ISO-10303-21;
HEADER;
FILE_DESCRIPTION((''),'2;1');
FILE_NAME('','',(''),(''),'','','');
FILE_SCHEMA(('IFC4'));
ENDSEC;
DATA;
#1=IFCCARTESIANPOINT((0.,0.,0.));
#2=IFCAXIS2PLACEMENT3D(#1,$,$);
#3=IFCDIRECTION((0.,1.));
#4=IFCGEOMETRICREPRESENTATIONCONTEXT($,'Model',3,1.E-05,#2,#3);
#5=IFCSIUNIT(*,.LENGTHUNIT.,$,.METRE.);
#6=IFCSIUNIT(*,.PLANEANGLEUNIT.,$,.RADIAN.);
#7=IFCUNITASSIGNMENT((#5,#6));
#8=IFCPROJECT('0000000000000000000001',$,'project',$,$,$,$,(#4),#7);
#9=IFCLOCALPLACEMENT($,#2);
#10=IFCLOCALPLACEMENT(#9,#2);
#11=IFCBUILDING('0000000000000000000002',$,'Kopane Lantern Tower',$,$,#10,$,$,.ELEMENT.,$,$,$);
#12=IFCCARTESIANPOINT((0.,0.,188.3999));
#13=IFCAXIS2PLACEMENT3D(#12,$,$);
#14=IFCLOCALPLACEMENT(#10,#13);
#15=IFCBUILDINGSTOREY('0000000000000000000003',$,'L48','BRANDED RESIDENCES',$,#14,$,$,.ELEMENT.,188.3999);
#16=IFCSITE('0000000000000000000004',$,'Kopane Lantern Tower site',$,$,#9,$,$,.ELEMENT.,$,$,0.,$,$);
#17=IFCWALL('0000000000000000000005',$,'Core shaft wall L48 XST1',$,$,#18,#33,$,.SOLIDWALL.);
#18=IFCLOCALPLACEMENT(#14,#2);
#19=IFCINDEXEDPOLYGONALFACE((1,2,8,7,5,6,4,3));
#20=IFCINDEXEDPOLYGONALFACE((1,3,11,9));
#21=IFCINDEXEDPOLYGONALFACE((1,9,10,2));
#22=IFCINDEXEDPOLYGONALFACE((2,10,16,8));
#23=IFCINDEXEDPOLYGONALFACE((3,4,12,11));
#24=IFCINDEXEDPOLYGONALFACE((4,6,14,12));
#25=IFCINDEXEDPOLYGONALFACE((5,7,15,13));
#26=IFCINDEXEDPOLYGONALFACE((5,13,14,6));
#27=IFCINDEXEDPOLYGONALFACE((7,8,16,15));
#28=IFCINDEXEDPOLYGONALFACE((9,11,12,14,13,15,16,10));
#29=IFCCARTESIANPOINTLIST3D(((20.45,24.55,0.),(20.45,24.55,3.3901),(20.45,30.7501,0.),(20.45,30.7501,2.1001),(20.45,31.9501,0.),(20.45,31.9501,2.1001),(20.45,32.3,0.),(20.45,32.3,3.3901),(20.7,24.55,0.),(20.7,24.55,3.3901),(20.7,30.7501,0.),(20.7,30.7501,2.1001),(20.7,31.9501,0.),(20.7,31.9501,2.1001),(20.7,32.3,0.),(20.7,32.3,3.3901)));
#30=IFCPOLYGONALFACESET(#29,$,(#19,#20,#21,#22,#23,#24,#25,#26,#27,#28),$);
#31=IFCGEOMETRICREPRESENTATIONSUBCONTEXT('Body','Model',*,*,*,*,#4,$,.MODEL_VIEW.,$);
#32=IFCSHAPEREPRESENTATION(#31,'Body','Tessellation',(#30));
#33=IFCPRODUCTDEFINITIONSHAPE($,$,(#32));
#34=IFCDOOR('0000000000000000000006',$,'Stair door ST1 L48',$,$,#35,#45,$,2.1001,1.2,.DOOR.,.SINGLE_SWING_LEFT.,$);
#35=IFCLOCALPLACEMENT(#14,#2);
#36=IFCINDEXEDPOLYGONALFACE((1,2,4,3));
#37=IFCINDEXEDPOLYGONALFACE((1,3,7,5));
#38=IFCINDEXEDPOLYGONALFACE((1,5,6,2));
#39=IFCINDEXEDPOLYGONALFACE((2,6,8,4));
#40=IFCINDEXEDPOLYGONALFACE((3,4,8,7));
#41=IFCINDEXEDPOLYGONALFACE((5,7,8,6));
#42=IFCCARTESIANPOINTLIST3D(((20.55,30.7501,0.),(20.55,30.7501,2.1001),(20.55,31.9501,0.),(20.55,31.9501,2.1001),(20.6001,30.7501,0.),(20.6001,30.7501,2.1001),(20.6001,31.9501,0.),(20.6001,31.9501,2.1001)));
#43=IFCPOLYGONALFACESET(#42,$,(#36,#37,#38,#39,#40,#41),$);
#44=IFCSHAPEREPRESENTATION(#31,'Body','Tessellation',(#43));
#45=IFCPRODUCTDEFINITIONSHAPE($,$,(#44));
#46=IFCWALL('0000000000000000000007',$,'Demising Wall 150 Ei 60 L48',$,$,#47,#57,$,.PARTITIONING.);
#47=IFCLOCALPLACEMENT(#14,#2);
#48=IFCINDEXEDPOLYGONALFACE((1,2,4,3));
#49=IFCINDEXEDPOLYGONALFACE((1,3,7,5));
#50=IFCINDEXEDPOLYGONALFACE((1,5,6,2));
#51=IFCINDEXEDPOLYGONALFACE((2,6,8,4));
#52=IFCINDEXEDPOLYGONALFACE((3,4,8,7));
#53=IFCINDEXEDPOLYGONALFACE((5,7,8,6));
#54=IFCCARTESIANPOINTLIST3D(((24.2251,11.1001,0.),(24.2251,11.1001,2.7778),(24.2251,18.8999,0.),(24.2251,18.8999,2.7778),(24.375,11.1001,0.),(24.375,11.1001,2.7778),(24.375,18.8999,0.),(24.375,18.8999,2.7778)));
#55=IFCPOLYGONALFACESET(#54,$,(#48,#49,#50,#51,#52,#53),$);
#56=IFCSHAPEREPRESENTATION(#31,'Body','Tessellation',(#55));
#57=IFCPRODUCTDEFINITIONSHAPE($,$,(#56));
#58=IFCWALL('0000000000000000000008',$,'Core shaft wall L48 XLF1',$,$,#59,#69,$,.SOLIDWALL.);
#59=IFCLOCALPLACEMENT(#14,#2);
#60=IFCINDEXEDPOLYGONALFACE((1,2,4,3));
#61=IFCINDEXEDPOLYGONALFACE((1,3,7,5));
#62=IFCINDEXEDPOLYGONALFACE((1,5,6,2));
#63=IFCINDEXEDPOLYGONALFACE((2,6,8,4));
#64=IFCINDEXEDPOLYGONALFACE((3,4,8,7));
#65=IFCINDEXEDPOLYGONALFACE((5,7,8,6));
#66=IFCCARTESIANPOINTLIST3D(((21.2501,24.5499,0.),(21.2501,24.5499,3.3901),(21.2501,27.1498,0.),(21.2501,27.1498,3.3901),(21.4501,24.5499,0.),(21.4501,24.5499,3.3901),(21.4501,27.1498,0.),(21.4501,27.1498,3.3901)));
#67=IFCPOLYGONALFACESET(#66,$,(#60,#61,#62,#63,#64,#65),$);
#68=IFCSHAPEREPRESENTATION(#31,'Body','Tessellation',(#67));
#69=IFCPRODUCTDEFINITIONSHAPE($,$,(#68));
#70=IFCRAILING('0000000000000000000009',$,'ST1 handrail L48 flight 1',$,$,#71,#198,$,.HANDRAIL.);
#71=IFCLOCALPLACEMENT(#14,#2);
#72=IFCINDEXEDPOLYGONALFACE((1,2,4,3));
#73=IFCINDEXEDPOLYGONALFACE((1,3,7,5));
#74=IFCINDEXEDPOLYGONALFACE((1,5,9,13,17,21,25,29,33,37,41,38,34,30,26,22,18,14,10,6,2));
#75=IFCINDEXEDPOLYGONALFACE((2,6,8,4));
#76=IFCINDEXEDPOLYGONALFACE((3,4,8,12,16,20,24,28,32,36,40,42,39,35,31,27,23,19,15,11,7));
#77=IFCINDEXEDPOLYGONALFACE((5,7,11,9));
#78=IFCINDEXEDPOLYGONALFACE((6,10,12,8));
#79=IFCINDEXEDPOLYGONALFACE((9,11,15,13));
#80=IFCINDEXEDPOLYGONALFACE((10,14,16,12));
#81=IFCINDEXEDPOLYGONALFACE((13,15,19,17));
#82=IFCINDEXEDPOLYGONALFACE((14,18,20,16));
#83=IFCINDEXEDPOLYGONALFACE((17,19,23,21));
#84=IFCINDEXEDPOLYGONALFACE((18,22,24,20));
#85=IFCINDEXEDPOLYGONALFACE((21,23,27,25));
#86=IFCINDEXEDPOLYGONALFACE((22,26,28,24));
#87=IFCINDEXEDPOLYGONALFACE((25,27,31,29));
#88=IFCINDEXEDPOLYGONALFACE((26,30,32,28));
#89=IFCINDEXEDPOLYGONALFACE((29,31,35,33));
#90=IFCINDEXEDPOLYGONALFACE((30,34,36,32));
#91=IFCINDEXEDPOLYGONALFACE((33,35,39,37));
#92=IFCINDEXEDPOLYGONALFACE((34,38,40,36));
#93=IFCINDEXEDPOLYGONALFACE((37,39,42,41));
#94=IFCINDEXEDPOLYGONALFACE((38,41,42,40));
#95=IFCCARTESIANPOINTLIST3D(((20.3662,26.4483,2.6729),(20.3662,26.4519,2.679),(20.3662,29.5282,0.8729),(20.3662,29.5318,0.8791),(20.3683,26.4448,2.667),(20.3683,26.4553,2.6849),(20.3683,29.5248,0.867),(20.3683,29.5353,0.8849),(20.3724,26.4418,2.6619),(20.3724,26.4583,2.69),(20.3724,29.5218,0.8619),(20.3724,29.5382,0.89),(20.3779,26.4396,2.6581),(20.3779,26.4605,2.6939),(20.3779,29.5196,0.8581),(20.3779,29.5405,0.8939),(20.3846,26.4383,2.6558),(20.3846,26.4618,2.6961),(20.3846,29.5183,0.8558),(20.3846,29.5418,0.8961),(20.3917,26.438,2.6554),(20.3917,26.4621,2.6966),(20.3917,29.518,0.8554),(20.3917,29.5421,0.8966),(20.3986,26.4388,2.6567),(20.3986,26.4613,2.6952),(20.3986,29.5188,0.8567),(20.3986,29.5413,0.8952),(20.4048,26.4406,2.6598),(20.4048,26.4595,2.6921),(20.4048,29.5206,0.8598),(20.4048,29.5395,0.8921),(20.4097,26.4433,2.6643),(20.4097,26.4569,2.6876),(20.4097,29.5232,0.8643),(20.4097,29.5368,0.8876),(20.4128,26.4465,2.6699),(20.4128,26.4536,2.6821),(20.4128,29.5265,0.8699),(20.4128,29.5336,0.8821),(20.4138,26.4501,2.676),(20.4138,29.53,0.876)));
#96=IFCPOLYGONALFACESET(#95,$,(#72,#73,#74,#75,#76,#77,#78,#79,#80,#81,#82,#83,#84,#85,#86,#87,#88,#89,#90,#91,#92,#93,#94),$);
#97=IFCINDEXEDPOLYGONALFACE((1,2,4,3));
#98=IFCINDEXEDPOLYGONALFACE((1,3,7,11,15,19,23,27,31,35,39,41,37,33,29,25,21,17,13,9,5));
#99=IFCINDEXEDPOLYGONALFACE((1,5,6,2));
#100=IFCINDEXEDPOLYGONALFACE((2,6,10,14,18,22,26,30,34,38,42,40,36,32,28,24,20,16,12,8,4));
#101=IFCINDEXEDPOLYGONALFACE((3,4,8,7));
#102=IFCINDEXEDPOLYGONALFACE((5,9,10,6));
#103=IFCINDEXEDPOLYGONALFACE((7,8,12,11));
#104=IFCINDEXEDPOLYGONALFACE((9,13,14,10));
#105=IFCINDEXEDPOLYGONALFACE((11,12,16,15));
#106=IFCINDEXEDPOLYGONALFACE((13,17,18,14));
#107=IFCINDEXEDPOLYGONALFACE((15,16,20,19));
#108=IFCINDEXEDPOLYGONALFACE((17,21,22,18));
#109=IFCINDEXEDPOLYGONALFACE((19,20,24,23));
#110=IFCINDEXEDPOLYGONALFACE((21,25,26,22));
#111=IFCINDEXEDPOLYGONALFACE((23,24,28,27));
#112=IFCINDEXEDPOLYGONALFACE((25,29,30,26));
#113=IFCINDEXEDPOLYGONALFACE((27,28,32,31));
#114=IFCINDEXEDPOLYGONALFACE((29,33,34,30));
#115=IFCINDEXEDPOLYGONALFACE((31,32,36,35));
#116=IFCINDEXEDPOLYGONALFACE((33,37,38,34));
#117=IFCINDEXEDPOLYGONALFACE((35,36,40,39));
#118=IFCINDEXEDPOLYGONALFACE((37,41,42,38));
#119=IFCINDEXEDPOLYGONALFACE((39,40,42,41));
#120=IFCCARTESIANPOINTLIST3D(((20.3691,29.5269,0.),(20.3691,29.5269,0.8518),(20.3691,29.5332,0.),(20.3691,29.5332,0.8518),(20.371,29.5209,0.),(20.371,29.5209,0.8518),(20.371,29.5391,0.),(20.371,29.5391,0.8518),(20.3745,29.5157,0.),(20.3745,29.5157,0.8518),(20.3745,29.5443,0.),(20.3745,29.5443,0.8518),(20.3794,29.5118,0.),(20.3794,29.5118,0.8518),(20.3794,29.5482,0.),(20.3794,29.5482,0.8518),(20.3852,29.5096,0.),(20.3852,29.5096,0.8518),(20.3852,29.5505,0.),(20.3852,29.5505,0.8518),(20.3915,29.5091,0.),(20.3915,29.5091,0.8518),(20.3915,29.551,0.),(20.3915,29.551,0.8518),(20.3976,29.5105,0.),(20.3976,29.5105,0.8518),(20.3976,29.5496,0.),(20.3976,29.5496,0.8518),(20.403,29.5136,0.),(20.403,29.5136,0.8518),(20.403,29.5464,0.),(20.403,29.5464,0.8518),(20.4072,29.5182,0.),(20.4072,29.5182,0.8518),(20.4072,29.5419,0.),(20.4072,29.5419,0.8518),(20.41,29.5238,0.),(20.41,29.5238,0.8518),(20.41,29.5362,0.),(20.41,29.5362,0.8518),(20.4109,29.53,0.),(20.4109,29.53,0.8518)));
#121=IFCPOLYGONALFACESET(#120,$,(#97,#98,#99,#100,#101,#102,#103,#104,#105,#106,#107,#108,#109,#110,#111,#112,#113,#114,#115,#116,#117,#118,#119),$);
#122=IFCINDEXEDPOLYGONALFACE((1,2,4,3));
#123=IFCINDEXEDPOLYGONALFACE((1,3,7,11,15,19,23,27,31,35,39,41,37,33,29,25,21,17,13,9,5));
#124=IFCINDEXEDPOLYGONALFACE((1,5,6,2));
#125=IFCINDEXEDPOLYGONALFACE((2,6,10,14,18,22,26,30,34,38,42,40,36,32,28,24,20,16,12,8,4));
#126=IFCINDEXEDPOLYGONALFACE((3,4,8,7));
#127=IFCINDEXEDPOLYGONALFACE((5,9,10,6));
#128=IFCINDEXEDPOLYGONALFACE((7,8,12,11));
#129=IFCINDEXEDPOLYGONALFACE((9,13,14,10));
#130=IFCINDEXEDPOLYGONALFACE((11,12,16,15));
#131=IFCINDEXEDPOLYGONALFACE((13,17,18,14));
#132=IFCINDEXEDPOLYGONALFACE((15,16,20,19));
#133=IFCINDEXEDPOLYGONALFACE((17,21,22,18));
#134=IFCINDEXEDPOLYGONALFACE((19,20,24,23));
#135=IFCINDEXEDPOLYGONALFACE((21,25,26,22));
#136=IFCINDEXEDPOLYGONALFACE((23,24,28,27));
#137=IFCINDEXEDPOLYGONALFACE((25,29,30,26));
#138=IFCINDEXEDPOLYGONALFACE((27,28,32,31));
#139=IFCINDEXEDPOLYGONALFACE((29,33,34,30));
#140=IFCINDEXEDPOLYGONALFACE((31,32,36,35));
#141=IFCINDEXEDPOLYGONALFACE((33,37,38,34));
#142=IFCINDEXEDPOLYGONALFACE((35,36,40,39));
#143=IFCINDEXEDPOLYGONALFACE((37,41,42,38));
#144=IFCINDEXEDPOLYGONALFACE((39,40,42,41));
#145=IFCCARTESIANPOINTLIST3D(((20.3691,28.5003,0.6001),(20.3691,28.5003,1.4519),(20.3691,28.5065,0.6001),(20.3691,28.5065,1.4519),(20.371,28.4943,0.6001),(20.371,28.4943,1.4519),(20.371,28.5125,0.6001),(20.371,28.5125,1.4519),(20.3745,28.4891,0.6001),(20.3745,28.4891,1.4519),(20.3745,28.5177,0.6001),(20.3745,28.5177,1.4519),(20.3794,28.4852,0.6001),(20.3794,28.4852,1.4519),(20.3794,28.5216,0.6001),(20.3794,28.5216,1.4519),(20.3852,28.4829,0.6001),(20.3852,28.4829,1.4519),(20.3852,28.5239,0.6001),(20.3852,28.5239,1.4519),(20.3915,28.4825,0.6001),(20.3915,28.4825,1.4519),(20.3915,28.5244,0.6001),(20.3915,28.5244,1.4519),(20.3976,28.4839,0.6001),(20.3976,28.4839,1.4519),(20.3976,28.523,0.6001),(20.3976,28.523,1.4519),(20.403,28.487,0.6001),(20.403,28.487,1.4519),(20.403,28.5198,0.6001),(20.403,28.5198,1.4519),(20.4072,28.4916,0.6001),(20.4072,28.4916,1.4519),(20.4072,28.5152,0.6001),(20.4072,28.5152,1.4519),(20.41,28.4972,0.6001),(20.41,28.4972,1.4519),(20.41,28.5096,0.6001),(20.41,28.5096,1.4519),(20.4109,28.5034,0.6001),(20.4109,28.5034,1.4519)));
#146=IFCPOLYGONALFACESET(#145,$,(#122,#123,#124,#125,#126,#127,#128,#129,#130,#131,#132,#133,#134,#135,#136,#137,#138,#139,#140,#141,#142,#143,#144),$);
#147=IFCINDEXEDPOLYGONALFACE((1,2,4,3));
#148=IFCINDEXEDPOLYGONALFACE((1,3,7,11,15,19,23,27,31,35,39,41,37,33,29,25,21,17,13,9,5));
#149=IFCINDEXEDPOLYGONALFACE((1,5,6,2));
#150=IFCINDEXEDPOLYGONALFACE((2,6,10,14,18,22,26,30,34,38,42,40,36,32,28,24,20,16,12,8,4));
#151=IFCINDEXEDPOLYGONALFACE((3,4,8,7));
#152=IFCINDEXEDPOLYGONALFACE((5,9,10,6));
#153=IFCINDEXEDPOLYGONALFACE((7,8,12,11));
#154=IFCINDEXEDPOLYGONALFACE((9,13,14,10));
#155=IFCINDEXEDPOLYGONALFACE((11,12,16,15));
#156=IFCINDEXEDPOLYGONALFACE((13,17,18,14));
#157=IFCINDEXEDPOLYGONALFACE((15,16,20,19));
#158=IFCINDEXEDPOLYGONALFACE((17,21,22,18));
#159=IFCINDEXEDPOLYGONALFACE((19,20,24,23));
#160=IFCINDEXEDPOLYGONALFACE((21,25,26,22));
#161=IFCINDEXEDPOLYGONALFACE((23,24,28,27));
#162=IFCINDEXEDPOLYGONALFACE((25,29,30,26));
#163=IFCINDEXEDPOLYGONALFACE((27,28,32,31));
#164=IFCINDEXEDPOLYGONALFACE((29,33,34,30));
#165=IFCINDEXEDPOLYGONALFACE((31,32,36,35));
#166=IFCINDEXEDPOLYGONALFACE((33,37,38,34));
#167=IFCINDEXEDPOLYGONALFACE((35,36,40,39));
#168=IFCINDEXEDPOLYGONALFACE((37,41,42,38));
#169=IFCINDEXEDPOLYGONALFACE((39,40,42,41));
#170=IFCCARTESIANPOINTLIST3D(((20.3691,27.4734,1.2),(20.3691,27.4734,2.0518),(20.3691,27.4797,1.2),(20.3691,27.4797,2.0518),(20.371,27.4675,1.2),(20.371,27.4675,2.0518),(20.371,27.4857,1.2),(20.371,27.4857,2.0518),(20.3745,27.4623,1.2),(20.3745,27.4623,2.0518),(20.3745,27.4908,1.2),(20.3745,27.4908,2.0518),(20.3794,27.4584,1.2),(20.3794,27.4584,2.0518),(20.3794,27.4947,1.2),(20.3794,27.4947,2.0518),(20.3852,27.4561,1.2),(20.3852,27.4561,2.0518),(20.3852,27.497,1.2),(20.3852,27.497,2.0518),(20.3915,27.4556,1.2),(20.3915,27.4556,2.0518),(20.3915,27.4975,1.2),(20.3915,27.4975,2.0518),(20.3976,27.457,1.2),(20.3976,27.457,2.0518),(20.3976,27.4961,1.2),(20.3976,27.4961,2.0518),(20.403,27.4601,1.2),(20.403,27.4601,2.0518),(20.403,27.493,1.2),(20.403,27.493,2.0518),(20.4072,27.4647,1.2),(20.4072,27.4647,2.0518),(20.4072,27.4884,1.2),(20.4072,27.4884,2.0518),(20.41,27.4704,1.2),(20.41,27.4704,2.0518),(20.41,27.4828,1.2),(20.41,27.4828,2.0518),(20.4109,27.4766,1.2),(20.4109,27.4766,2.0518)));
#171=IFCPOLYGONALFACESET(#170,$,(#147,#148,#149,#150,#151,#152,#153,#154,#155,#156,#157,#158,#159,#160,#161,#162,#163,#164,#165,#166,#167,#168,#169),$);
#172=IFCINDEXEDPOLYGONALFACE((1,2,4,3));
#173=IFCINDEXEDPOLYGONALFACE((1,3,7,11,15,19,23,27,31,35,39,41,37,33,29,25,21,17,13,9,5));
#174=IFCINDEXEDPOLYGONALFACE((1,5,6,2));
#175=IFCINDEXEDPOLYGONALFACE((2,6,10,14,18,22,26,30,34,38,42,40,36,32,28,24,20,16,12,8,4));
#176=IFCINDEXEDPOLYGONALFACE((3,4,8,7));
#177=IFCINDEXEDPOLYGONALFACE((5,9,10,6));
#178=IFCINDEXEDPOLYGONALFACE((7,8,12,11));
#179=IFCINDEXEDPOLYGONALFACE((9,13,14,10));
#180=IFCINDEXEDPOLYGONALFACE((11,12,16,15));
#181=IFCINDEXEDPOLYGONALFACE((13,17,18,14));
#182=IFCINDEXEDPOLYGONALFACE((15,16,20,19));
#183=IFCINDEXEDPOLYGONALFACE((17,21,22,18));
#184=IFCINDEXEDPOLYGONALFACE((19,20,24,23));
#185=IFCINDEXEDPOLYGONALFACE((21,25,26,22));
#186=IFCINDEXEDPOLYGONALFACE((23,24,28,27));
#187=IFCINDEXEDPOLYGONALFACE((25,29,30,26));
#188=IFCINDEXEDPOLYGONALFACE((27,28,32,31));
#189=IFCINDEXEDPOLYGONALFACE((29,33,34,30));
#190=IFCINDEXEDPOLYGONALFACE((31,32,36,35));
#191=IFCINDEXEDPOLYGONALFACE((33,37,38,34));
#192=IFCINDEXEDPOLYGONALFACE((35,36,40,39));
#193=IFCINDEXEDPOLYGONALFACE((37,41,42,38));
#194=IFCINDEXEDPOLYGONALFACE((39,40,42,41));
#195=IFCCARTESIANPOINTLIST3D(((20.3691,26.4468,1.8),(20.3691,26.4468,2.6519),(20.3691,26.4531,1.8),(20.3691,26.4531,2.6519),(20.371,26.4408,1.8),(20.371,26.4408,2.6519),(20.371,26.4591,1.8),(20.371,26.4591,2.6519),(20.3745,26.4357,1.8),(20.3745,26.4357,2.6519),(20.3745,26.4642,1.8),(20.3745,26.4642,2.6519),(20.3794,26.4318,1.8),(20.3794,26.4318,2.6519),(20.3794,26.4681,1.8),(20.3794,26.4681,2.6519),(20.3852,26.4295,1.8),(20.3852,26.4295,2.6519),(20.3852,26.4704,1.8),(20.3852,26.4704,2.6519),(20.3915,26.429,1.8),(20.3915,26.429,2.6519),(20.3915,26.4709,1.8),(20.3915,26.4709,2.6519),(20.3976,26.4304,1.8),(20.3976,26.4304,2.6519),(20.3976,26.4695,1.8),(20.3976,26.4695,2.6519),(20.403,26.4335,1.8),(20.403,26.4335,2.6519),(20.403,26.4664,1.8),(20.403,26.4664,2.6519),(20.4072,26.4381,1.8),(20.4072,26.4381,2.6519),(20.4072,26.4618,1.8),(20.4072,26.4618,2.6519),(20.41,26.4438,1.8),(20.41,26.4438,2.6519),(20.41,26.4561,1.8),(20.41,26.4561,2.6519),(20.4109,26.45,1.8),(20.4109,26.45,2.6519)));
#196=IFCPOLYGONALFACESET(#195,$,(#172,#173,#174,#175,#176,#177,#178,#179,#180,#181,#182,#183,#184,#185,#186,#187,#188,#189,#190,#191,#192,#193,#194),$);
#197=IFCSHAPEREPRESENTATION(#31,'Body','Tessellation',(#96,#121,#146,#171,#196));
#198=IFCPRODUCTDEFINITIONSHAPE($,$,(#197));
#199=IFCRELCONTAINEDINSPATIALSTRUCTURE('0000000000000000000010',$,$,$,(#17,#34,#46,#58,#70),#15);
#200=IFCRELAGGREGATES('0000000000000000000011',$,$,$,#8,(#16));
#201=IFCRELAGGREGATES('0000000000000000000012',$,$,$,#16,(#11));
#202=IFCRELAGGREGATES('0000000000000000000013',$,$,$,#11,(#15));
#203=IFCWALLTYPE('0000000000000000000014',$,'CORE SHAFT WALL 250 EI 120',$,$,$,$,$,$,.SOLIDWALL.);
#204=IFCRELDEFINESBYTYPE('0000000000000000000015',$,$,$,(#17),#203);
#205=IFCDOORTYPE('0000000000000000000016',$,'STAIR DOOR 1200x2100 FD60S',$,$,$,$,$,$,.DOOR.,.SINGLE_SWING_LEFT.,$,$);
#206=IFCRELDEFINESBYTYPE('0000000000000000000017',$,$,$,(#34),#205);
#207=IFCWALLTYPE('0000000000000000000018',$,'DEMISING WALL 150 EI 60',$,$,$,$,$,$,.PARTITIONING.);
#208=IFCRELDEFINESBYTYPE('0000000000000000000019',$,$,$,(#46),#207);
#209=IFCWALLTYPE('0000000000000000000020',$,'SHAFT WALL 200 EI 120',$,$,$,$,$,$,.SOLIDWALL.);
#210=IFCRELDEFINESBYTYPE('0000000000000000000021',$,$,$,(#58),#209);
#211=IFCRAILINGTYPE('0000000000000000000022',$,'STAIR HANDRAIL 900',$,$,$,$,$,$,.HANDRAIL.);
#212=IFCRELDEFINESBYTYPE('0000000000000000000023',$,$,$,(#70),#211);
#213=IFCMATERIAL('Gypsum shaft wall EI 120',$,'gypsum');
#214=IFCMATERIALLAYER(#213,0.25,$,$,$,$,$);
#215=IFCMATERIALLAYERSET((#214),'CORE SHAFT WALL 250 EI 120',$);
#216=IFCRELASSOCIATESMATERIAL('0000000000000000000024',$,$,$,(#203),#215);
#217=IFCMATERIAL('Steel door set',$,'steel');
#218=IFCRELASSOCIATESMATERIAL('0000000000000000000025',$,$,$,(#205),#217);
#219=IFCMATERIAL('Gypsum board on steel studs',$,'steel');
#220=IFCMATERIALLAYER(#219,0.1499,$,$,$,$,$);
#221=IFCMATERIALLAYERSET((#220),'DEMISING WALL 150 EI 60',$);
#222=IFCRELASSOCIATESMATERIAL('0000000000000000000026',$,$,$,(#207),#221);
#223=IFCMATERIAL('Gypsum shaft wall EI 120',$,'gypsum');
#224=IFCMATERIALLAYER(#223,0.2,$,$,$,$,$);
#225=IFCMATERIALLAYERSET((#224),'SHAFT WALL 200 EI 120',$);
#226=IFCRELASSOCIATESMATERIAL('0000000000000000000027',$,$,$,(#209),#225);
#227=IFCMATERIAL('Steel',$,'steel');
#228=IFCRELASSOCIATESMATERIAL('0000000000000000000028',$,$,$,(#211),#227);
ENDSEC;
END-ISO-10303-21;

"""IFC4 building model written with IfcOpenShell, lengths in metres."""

from ifc_helpers import new_model, si_unit, direction, frame, frame_2d, origin, origin_2d, place, context, subcontext, project, spatial, rectangle, circle, extrude, material, layer, layer_set, type_object, element, fill, save


model = new_model("IFC4")

# Units and contexts
model_context = context("Model", 3, precision=1e-05, world=origin(), true_north=direction((0.0, 1.0)))
body_context = subcontext(model_context, "Body", "Model", "MODEL_VIEW")
ifc_project = project(units=[si_unit("LENGTHUNIT", "METRE"), si_unit("PLANEANGLEUNIT", "RADIAN")], contexts=[model_context])

# Site, building, storey
site_placement = place(None, origin())
site = spatial("IfcSite", under=ifc_project, at=site_placement, Name="Kopane Lantern Tower site", CompositionType="ELEMENT", RefElevation=0.0)
building_placement = place(site_placement, origin())
building = spatial("IfcBuilding", under=site, at=building_placement, Name="Kopane Lantern Tower", CompositionType="ELEMENT")
storey_placement = place(building_placement, frame((0.0, 0.0, 188.3999)))
storey = spatial("IfcBuildingStorey", under=building, at=storey_placement, Name="L48", Description="BRANDED RESIDENCES", CompositionType="ELEMENT", Elevation=188.3999)

# Wall, opening, door
ifc_material_1 = material(Name="Gypsum shaft wall EI 120", Category="gypsum")
ifc_layer_1 = layer(ifc_material_1, 0.25)
ifc_layer_set_1 = layer_set([ifc_layer_1], Name="CORE SHAFT WALL 250 EI 120")
wall_type_1 = type_object("IfcWallType", Name="CORE SHAFT WALL 250 EI 120", PredefinedType="SOLIDWALL", material=ifc_layer_set_1)
wall_1_placement = place(storey_placement, frame((20.575, 24.55, 0.0), z_axis=(0.0, 0.0, 1.0), x_axis=(0.0, 1.0, 0.0)))
wall_1 = element("IfcWall", 1, at=wall_1_placement, inside=storey, type_object=wall_type_1, Name="Core shaft wall L48 XST1", PredefinedType="SOLIDWALL", context=body_context, shape_type="SweptSolid", body=[
    extrude(rectangle(XDim=7.75, YDim=0.25, at=frame_2d((3.875, 0.0))), origin(), (0.0, 0.0, 1.0), 3.3901),
])
opening_1_placement = place(wall_1_placement, frame((6.2, 0.0, 0.0)))
opening_1 = element("IfcOpeningElement", 2, at=opening_1_placement, cuts=wall_1, PredefinedType="OPENING", context=body_context, shape_type="SweptSolid", body=[
    extrude(rectangle(XDim=1.2, YDim=2.1001, at=frame_2d((0.6001, 1.05))), frame((0.0, 0.135, 0.0), z_axis=(0.0, -1.0, 0.0), x_axis=(1.0, 0.0, 0.0)), (0.0, 0.0, 1.0), 0.27),
])
ifc_material_2 = material(Name="Steel door set", Category="steel")
door_type_1 = type_object("IfcDoorType", Name="STAIR DOOR 1200x2100 FD60S", OperationType="SINGLE_SWING_LEFT", PredefinedType="DOOR", material=ifc_material_2)
door_1_placement = place(opening_1_placement, origin())
door_1 = element("IfcDoor", 3, at=door_1_placement, inside=storey, type_object=door_type_1, Name="Stair door ST1 L48", OperationType="SINGLE_SWING_LEFT", OverallHeight=2.1001, OverallWidth=1.2, PredefinedType="DOOR", context=body_context, shape_type="SweptSolid", body=[
    extrude(rectangle(XDim=1.2, YDim=2.1001, at=frame_2d((0.6001, 1.05))), frame((0.0, 0.0249, 0.0), z_axis=(0.0, -1.0, 0.0), x_axis=(1.0, 0.0, 0.0)), (0.0, 0.0, 1.0), 0.05),
])
fill(opening_1, door_1)

# Walls
ifc_material_3 = material(Name="Gypsum board on steel studs", Category="steel")
ifc_layer_2 = layer(ifc_material_3, 0.1499)
ifc_layer_set_2 = layer_set([ifc_layer_2], Name="DEMISING WALL 150 EI 60")
wall_type_2 = type_object("IfcWallType", Name="DEMISING WALL 150 EI 60", PredefinedType="PARTITIONING", material=ifc_layer_set_2)
wall_2_placement = place(storey_placement, frame((24.3, 18.8999, 0.0), z_axis=(0.0, 0.0, 1.0), x_axis=(0.0, -1.0, 0.0)))
element("IfcWall", 4, at=wall_2_placement, inside=storey, type_object=wall_type_2, Name="Demising Wall 150 Ei 60 L48", PredefinedType="PARTITIONING", context=body_context, shape_type="SweptSolid", body=[
    extrude(rectangle(XDim=7.7998, YDim=0.1499, at=frame_2d((3.8999, 0.0))), origin(), (0.0, 0.0, 1.0), 2.7778),
])
ifc_material_4 = material(Name="Gypsum shaft wall EI 120", Category="gypsum")
ifc_layer_3 = layer(ifc_material_4, 0.2)
ifc_layer_set_3 = layer_set([ifc_layer_3], Name="SHAFT WALL 200 EI 120")
wall_type_3 = type_object("IfcWallType", Name="SHAFT WALL 200 EI 120", PredefinedType="SOLIDWALL", material=ifc_layer_set_3)
wall_3_placement = place(storey_placement, frame((21.3501, 24.55, 0.0), z_axis=(0.0, 0.0, 1.0), x_axis=(0.0, 1.0, 0.0)))
element("IfcWall", 5, at=wall_3_placement, inside=storey, type_object=wall_type_3, Name="Core shaft wall L48 XLF1", PredefinedType="SOLIDWALL", context=body_context, shape_type="SweptSolid", body=[
    extrude(rectangle(XDim=2.5999, YDim=0.2, at=frame_2d((1.2998, 0.0))), origin(), (0.0, 0.0, 1.0), 3.3901),
])

# Railing
ifc_material_5 = material(Name="Steel", Category="steel")
railing_type_1 = type_object("IfcRailingType", Name="STAIR HANDRAIL 900", PredefinedType="HANDRAIL", material=ifc_material_5)
for number, where, name in (
    (6, (20.3899, 29.53, 0.0), "ST1 handrail L48 flight 1"),
):
    element("IfcRailing", number, at=place(storey_placement, frame(where)), inside=storey, type_object=railing_type_1, Name=name, PredefinedType="HANDRAIL", context=body_context, shape_type="SweptSolid", body=[
        extrude(circle(Radius=0.0239, at=origin_2d()), frame((0.0, 0.0, 0.876), z_axis=(0.0, -0.863372, 0.504569), x_axis=(1.0, 0.0, 0.0)), (0.0, 0.0, 1.0), 3.5674),
        extrude(circle(Radius=0.021, at=origin_2d()), origin(), (0.0, 0.0, 1.0), 0.8518),
        extrude(circle(Radius=0.021, at=origin_2d()), frame((0.0, -1.0266, 0.6001)), (0.0, 0.0, 1.0), 0.8518),
        extrude(circle(Radius=0.021, at=origin_2d()), frame((0.0, -2.0535, 1.2)), (0.0, 0.0, 1.0), 0.8518),
        extrude(circle(Radius=0.021, at=origin_2d()), frame((0.0, -3.0801, 1.8)), (0.0, 0.0, 1.0), 0.8518),
    ])

save(model, "model.ifc")
